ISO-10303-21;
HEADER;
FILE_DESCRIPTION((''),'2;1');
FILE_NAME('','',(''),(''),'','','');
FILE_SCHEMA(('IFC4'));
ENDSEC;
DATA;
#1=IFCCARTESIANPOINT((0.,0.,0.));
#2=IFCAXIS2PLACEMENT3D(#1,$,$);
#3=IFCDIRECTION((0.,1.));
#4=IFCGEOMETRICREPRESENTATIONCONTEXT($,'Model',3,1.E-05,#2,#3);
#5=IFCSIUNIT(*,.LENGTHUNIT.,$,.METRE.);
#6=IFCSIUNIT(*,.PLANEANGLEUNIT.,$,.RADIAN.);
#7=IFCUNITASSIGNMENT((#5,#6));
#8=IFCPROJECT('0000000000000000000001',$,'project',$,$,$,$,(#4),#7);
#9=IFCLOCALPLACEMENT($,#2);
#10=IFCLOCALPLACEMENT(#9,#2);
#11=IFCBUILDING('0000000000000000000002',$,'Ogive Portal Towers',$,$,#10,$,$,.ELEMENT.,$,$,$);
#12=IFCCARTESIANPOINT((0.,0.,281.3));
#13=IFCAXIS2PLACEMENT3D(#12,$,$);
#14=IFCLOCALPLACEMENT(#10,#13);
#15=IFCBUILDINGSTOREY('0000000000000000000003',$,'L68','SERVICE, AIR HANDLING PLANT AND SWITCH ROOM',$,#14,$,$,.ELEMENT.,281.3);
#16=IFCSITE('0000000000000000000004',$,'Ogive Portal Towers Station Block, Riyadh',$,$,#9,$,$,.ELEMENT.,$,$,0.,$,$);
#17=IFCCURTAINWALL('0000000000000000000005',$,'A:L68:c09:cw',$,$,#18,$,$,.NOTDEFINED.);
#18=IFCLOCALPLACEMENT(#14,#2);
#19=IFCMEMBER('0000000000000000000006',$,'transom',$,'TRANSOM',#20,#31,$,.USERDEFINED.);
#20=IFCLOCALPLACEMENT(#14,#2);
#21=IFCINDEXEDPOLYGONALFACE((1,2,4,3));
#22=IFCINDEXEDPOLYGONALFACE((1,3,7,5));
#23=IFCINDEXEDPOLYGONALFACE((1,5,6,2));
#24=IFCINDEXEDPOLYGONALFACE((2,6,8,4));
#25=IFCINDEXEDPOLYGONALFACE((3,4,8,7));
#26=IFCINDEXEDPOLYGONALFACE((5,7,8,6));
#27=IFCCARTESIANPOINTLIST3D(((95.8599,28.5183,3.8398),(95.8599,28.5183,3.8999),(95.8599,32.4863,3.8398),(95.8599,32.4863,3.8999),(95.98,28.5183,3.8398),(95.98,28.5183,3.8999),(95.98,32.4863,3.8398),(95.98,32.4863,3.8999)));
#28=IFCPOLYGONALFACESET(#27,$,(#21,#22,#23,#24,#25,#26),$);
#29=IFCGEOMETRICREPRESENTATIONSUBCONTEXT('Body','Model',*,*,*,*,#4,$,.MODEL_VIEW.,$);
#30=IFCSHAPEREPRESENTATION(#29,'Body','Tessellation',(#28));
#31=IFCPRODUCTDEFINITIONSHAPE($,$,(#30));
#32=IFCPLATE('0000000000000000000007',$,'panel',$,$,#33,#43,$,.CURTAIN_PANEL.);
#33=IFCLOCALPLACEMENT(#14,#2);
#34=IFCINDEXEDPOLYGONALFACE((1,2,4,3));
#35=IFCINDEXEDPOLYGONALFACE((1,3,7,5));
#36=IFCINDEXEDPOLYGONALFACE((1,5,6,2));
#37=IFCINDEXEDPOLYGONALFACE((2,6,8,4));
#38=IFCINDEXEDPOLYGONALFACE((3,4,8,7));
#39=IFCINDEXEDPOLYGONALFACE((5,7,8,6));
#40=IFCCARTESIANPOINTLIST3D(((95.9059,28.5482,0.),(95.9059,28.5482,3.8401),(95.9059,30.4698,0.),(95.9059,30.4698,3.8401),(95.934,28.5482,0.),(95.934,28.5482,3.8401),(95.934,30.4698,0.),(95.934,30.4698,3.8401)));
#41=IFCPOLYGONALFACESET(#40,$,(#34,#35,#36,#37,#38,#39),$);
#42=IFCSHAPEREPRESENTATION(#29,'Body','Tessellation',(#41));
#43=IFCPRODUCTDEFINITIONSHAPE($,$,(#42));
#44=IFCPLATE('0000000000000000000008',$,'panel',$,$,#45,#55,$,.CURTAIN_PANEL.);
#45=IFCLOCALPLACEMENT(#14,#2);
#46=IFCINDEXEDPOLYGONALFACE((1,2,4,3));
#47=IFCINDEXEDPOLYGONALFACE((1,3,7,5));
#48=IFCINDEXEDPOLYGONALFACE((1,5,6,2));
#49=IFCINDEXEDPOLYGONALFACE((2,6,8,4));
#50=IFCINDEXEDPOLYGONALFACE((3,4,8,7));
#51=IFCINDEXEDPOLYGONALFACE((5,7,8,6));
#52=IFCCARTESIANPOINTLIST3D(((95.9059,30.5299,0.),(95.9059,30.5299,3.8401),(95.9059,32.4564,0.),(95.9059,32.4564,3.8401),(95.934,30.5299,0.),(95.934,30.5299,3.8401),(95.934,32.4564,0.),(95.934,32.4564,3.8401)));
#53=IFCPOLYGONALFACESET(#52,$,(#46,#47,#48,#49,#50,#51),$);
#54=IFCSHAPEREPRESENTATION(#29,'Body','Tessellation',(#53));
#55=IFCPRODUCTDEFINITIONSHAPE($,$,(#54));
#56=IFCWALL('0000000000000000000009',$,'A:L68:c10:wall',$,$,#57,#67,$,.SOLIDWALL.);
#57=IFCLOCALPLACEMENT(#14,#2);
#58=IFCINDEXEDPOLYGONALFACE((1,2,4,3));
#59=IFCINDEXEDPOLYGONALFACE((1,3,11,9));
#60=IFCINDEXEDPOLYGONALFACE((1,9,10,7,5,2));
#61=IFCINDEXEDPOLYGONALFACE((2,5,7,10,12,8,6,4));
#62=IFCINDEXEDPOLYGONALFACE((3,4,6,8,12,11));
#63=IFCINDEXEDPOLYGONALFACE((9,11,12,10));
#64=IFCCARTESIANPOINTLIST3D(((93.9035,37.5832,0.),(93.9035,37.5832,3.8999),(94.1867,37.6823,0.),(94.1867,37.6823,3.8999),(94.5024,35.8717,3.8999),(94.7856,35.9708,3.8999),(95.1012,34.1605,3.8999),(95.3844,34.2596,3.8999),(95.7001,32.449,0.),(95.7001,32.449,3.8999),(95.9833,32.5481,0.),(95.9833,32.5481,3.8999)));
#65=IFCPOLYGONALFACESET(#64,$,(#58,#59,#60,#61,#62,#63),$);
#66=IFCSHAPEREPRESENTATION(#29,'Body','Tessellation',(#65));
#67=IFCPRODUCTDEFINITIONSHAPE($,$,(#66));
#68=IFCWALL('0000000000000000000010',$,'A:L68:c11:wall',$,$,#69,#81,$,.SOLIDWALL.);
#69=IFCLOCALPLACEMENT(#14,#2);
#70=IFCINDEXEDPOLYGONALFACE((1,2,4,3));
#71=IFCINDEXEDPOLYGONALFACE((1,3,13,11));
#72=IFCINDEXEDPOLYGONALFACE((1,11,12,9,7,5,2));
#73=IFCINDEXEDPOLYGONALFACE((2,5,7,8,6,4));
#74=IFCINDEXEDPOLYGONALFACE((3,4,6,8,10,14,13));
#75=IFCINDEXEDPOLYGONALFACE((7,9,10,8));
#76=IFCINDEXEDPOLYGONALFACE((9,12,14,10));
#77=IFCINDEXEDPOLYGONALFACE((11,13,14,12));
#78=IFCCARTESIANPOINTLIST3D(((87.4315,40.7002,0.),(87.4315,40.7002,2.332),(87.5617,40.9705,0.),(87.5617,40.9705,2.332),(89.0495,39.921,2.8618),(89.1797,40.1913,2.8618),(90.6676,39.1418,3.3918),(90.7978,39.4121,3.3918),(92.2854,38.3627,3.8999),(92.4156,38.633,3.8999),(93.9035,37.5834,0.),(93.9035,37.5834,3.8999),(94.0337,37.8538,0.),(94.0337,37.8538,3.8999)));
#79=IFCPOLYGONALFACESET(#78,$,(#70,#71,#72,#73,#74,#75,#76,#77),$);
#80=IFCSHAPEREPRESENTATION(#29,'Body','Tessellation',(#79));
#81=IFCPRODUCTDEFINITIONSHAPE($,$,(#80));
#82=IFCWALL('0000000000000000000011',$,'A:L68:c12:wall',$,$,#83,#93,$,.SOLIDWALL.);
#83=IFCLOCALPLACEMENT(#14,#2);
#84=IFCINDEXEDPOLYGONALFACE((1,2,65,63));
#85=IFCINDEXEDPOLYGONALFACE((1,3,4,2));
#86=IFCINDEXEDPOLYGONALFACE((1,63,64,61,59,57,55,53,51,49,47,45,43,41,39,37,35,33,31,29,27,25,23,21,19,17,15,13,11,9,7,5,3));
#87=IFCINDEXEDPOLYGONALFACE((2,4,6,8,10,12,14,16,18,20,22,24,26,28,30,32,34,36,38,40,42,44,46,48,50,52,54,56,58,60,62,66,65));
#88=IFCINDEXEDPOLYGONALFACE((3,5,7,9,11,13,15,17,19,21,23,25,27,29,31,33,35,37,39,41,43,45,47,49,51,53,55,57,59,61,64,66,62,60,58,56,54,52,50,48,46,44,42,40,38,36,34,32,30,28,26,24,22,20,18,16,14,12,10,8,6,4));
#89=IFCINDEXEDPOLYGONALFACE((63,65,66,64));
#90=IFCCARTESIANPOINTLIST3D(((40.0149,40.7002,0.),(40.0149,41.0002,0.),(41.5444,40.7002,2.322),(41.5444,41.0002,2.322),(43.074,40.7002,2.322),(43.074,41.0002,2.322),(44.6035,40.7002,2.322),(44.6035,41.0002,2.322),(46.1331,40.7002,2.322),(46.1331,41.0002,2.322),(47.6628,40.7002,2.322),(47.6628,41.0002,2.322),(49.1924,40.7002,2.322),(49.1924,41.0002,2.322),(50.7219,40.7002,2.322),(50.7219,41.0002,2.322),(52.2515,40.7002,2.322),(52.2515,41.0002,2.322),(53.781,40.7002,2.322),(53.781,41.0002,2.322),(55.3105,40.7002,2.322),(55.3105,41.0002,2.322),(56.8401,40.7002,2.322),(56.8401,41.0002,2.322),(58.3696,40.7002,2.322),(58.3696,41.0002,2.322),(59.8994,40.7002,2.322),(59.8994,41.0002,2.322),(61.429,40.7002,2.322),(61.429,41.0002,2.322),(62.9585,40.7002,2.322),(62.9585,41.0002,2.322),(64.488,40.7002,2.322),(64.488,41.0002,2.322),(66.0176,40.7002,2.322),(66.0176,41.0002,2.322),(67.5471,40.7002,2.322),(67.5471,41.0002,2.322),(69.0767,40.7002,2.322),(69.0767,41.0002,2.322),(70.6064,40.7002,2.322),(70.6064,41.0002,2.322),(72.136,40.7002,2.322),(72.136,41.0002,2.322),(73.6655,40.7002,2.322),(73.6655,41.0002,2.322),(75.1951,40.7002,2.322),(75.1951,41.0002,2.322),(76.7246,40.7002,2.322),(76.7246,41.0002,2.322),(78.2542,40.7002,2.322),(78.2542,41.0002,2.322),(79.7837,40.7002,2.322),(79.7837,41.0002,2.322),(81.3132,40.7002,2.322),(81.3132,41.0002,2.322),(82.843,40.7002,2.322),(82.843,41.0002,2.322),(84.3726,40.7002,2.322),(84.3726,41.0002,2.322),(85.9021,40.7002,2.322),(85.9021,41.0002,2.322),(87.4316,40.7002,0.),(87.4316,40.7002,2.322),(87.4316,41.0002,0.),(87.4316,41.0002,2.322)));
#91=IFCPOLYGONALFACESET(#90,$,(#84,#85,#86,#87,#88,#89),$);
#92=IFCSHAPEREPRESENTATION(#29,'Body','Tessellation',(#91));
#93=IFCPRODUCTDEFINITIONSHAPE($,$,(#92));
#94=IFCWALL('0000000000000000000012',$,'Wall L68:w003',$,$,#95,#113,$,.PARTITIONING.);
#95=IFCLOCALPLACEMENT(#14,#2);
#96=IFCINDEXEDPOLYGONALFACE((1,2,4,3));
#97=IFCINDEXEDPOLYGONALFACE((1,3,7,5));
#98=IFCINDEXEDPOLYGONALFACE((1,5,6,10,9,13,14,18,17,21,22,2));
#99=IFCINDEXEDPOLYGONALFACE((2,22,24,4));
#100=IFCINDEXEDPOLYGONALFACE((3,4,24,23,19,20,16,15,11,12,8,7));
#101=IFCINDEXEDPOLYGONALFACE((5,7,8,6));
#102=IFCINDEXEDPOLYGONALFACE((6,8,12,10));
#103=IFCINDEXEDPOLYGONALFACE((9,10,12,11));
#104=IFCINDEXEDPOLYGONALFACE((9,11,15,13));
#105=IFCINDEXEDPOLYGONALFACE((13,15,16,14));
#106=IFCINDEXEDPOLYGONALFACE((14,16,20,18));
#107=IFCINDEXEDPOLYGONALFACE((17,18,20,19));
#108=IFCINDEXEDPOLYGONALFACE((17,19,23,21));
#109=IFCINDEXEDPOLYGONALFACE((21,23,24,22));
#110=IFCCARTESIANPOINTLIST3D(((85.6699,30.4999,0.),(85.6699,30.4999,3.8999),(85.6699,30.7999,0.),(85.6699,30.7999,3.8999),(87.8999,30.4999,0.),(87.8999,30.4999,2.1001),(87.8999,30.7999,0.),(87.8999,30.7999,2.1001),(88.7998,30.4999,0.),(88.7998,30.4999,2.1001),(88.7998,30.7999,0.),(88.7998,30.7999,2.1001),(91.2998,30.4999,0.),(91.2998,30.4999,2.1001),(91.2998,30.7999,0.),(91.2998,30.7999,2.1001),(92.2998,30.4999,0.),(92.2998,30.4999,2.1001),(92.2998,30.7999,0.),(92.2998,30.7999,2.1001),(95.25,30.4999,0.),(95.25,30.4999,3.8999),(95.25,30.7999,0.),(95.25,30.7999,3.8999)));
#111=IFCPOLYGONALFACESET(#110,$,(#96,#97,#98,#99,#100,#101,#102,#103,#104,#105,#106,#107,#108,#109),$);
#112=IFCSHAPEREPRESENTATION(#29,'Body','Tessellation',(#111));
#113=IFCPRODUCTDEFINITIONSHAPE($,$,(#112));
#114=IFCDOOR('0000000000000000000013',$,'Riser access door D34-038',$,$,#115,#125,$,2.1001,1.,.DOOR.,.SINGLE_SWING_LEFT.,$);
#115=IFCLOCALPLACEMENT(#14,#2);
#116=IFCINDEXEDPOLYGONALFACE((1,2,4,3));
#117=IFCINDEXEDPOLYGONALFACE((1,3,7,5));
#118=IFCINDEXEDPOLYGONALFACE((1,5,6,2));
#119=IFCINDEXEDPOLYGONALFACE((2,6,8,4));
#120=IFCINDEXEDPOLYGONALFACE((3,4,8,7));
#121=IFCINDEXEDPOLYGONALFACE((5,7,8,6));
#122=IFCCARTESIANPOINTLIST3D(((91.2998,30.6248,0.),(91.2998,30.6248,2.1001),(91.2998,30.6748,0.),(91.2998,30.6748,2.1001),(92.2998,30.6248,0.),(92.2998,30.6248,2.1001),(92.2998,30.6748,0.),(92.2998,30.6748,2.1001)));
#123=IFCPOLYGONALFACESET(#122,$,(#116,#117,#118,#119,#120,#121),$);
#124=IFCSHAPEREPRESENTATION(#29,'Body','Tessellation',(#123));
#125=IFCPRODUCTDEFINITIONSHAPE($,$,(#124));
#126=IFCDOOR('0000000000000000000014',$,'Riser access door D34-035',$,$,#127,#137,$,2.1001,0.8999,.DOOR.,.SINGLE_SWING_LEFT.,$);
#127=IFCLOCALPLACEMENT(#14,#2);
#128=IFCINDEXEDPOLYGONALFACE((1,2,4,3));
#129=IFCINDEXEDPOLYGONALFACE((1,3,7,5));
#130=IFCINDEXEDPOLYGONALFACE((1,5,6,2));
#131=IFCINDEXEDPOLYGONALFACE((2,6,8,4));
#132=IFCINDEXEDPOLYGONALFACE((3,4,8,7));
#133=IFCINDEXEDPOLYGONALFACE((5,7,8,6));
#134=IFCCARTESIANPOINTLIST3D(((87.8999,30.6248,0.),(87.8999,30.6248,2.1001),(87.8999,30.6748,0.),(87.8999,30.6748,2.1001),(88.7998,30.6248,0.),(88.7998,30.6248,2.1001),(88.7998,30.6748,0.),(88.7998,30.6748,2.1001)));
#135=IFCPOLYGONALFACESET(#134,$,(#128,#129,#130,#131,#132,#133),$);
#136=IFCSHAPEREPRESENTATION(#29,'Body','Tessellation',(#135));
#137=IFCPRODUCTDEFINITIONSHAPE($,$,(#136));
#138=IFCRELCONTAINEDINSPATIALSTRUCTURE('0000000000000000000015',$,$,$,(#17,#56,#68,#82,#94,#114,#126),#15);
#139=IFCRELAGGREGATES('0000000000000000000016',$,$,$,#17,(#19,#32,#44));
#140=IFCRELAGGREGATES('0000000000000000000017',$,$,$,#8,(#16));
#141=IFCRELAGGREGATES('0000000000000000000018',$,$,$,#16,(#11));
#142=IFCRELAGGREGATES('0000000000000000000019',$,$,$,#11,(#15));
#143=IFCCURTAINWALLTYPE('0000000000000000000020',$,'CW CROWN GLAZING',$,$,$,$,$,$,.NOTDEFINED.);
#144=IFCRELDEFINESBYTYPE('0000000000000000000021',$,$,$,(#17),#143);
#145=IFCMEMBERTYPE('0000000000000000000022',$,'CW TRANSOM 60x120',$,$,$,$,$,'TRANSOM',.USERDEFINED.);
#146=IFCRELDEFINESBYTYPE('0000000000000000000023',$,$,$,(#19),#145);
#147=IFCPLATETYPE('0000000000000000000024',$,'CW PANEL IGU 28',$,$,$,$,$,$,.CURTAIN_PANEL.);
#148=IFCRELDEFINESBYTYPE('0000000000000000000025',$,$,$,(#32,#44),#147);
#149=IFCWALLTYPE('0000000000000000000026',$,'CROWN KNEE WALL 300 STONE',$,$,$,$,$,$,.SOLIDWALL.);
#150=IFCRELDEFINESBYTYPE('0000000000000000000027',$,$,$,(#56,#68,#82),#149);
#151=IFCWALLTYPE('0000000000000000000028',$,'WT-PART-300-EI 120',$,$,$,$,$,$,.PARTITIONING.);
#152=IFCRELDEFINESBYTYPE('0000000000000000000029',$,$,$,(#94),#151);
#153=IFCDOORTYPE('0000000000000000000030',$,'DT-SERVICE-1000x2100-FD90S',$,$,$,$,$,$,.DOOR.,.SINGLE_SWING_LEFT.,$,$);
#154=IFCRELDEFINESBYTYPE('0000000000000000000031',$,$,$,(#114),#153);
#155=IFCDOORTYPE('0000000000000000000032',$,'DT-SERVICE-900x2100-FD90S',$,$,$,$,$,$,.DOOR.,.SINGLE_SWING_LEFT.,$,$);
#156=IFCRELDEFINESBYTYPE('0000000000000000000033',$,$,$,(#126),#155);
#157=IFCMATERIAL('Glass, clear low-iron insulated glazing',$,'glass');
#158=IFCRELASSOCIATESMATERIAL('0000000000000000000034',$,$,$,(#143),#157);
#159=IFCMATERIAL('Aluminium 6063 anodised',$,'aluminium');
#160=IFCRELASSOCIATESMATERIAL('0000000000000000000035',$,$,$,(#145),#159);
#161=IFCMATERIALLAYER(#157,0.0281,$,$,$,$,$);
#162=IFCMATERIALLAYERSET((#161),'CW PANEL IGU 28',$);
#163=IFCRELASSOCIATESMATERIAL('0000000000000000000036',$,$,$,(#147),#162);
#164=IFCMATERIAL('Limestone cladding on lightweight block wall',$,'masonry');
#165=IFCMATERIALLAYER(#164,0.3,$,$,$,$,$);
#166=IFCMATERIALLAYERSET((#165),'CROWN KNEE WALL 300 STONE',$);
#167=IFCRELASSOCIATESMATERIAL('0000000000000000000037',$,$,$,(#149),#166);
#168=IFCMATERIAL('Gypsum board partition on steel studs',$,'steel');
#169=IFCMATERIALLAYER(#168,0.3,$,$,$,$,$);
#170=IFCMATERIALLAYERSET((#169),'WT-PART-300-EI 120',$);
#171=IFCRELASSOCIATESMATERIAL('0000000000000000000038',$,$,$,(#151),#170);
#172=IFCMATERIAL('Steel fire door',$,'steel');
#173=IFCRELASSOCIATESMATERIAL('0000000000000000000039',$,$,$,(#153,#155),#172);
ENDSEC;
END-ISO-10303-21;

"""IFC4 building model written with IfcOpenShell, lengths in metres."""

from ifc_helpers import new_model, si_unit, direction, frame, frame_2d, origin, origin_2d, place, context, subcontext, project, spatial, polyline, rectangle, outline, extrude, material, layer, layer_set, material_profile, profile_set, type_object, element, fill, aggregate, save


model = new_model("IFC4")

# Units and contexts
model_context = context("Model", 3, precision=1e-05, world=origin(), true_north=direction((0.0, 1.0)))
body_context = subcontext(model_context, "Body", "Model", "MODEL_VIEW")
ifc_project = project(units=[si_unit("LENGTHUNIT", "METRE"), si_unit("PLANEANGLEUNIT", "RADIAN")], contexts=[model_context])

# Site, building, storey
site_placement = place(None, origin())
site = spatial("IfcSite", under=ifc_project, at=site_placement, Name="Ogive Portal Towers Station Block, Riyadh", CompositionType="ELEMENT", RefElevation=0.0)
building_placement = place(site_placement, origin())
building = spatial("IfcBuilding", under=site, at=building_placement, Name="Ogive Portal Towers", CompositionType="ELEMENT")
storey_placement = place(building_placement, frame((0.0, 0.0, 281.3)))
storey = spatial("IfcBuildingStorey", under=building, at=storey_placement, Name="L68", Description="SERVICE, AIR HANDLING PLANT AND SWITCH ROOM", CompositionType="ELEMENT", Elevation=281.3)

# Shared definitions
ifc_material_1 = material(Name="Glass, clear low-iron insulated glazing", Category="glass")
curtain_wall_type = type_object("IfcCurtainWallType", Name="CW CROWN GLAZING", PredefinedType="NOTDEFINED", material=ifc_material_1)
ifc_material_2 = material(Name="Aluminium 6063 anodised", Category="aluminium")

# Curtain wall, member, plates
curtain_wall_1_placement = place(storey_placement, origin())
curtain_wall_1 = element("IfcCurtainWall", 1, at=curtain_wall_1_placement, inside=storey, type_object=curtain_wall_type, Name="A:L68:c09:cw", PredefinedType="NOTDEFINED")
ifc_material_profile_1 = material_profile(ifc_material_2, rectangle(XDim=0.1201, YDim=0.0601, at=origin_2d()), Name="AL 120x60")
ifc_profile_set_1 = profile_set([ifc_material_profile_1], Name="Aluminium 6063 anodised")
member_type_1 = type_object("IfcMemberType", Name="CW TRANSOM 60x120", ElementType="TRANSOM", PredefinedType="USERDEFINED", material=ifc_profile_set_1)
member_1_placement = place(storey_placement, frame((95.9199, 28.5183, 3.8699), z_axis=(0.0, 1.0, 0.0), x_axis=(-1.0, 0.0, 0.0)))
member_1 = element("IfcMember", 2, at=member_1_placement, type_object=member_type_1, Name="transom", ObjectType="TRANSOM", PredefinedType="USERDEFINED", context=body_context, shape_type="SweptSolid", body=[
    extrude(rectangle(XDim=0.1201, YDim=0.0601, at=origin_2d()), origin(), (0.0, 0.0, 1.0), 3.968),
])
ifc_layer_1 = layer(ifc_material_1, 0.0281)
ifc_layer_set_1 = layer_set([ifc_layer_1], Name="CW PANEL IGU 28")
plate_type = type_object("IfcPlateType", Name="CW PANEL IGU 28", PredefinedType="CURTAIN_PANEL", material=ifc_layer_set_1)
plate_1_placement = place(storey_placement, frame((95.9199, 29.509, 0.0), z_axis=(0.0, 0.0, 1.0), x_axis=(0.0, 1.0, 0.0)))
plate_1 = element("IfcPlate", 3, at=plate_1_placement, type_object=plate_type, Name="panel", PredefinedType="CURTAIN_PANEL", context=body_context, shape_type="SweptSolid", body=[
    extrude(rectangle(XDim=1.9216, YDim=0.0281, at=origin_2d()), origin(), (0.0, 0.0, 1.0), 3.8401),
])
plate_2_placement = place(storey_placement, frame((95.9199, 31.4932, 0.0), z_axis=(0.0, 0.0, 1.0), x_axis=(0.0, 1.0, 0.0)))
plate_2 = element("IfcPlate", 4, at=plate_2_placement, type_object=plate_type, Name="panel", PredefinedType="CURTAIN_PANEL", context=body_context, shape_type="SweptSolid", body=[
    extrude(rectangle(XDim=1.9265, YDim=0.0281, at=origin_2d()), origin(), (0.0, 0.0, 1.0), 3.8401),
])
aggregate(curtain_wall_1, [member_1, plate_1, plate_2])

# Walls
ifc_material_3 = material(Name="Limestone cladding on lightweight block wall", Category="masonry")
ifc_layer_2 = layer(ifc_material_3, 0.3)
ifc_layer_set_2 = layer_set([ifc_layer_2], Name="CROWN KNEE WALL 300 STONE")
wall_type_1 = type_object("IfcWallType", Name="CROWN KNEE WALL 300 STONE", PredefinedType="SOLIDWALL", material=ifc_layer_set_2)
wall_1_placement = place(storey_placement, frame((95.8416, 32.4985, 0.0), z_axis=(0.0, 0.0, 1.0), x_axis=(-0.33029, 0.943879, 0.0)))
element("IfcWall", 5, at=wall_1_placement, inside=storey, type_object=wall_type_1, Name="A:L68:c10:wall", PredefinedType="SOLIDWALL", context=body_context, shape_type="SweptSolid", body=[
    extrude(outline(polyline([(0.0, 0.0), (5.4395, 0.0), (5.4395, 3.8999), (3.6262, 3.8999), (1.8132, 3.8999), (0.0, 3.8999), (0.0, 0.0)])), frame((0.0, 0.1499, 0.0), z_axis=(0.0, -1.0, 0.0), x_axis=(1.0, 0.0, 0.0)), (0.0, 0.0, 1.0), 0.3),
])
wall_2_placement = place(storey_placement, frame((93.9685, 37.7185, 0.0), z_axis=(0.0, 0.0, 1.0), x_axis=(-0.90097, 0.433882, 0.0)))
element("IfcWall", 6, at=wall_2_placement, inside=storey, type_object=wall_type_1, Name="A:L68:c11:wall", PredefinedType="SOLIDWALL", context=body_context, shape_type="SweptSolid", body=[
    extrude(outline(polyline([(0.0, 0.0), (7.1833, 0.0), (7.1833, 2.332), (5.3875, 2.8618), (3.5916, 3.3918), (1.7959, 3.8999), (0.0, 3.8999), (0.0, 0.0)])), frame((0.0, 0.1499, 0.0), z_axis=(0.0, -1.0, 0.0), x_axis=(1.0, 0.0, 0.0)), (0.0, 0.0, 1.0), 0.3),
])
wall_3_placement = place(storey_placement, frame((87.4316, 40.8501, 0.0), z_axis=(0.0, 0.0, 1.0), x_axis=(-1.0, 0.0, 0.0)))
element("IfcWall", 7, at=wall_3_placement, inside=storey, type_object=wall_type_1, Name="A:L68:c12:wall", PredefinedType="SOLIDWALL", context=body_context, shape_type="SweptSolid", body=[
    extrude(outline(polyline([(0.0, 0.0), (47.417, 0.0), (47.4167, 2.322), (47.4167, 0.0), (45.8872, 2.322), (44.3577, 2.322), (42.8281, 2.322), (41.2986, 2.322), (39.7688, 2.322), (38.2393, 2.322), (36.7097, 2.322), (35.1802, 2.322), (33.6506, 2.322), (32.1211, 2.322), (30.5916, 2.322), (29.062, 2.322), (27.5322, 2.322), (26.0027, 2.322), (24.4731, 2.322), (22.9436, 2.322), (21.4141, 2.322), (19.8845, 2.322), (18.355, 2.322), (16.8252, 2.322), (15.2957, 2.322), (13.7661, 2.322), (12.2366, 2.322), (10.707, 2.322), (9.1775, 2.322), (7.6479, 2.322), (6.1184, 2.322), (4.5886, 2.322), (3.0591, 2.322), (1.5295, 2.322), (0.0, 2.322), (0.0, 0.0)])), frame((0.0, 0.1499, 0.0), z_axis=(0.0, -1.0, 0.0), x_axis=(1.0, 0.0, 0.0)), (0.0, 0.0, 1.0), 0.3),
])

# Wall, openings, doors
ifc_material_4 = material(Name="Gypsum board partition on steel studs", Category="steel")
ifc_layer_3 = layer(ifc_material_4, 0.3)
ifc_layer_set_3 = layer_set([ifc_layer_3], Name="WT-PART-300-EI 120")
wall_type_2 = type_object("IfcWallType", Name="WT-PART-300-EI 120", PredefinedType="PARTITIONING", material=ifc_layer_set_3)
wall_4_placement = place(storey_placement, frame((85.6699, 30.6499, 0.0), z_axis=(0.0, 0.0, 1.0), x_axis=(1.0, 0.0, 0.0)))
wall_4 = element("IfcWall", 8, at=wall_4_placement, inside=storey, type_object=wall_type_2, Name="Wall L68:w003", PredefinedType="PARTITIONING", context=body_context, shape_type="SweptSolid", body=[
    extrude(rectangle(XDim=9.5801, YDim=0.3, at=frame_2d((4.79, 0.0))), origin(), (0.0, 0.0, 1.0), 3.8999),
])
opening_1_placement = place(wall_4_placement, frame((2.23, 0.0, 0.0)))
opening_1 = element("IfcOpeningElement", 9, at=opening_1_placement, cuts=wall_4, PredefinedType="OPENING", context=body_context, shape_type="SweptSolid", body=[
    extrude(rectangle(XDim=0.8999, YDim=2.1001, at=frame_2d((0.45, 1.05))), frame((0.0, 0.1602, 0.0), z_axis=(0.0, -1.0, 0.0), x_axis=(1.0, 0.0, 0.0)), (0.0, 0.0, 1.0), 0.3201),
])
opening_2_placement = place(wall_4_placement, frame((5.6299, 0.0, 0.0)))
opening_2 = element("IfcOpeningElement", 10, at=opening_2_placement, cuts=wall_4, PredefinedType="OPENING", context=body_context, shape_type="SweptSolid", body=[
    extrude(rectangle(XDim=1.0, YDim=2.1001, at=frame_2d((0.5, 1.05))), frame((0.0, 0.1602, 0.0), z_axis=(0.0, -1.0, 0.0), x_axis=(1.0, 0.0, 0.0)), (0.0, 0.0, 1.0), 0.3201),
])
ifc_material_5 = material(Name="Steel fire door", Category="steel")
door_type_1 = type_object("IfcDoorType", Name="DT-SERVICE-1000x2100-FD90S", OperationType="SINGLE_SWING_LEFT", PredefinedType="DOOR", material=ifc_material_5)
door_1_placement = place(opening_2_placement, origin())
door_1 = element("IfcDoor", 11, at=door_1_placement, inside=storey, type_object=door_type_1, Name="Riser access door D34-038", OperationType="SINGLE_SWING_LEFT", OverallHeight=2.1001, OverallWidth=1.0, PredefinedType="DOOR", context=body_context, shape_type="SweptSolid", body=[
    extrude(rectangle(XDim=1.0, YDim=2.1001, at=frame_2d((0.5, 1.05))), frame((0.0, 0.0249, 0.0), z_axis=(0.0, -1.0, 0.0), x_axis=(1.0, 0.0, 0.0)), (0.0, 0.0, 1.0), 0.05),
])
fill(opening_2, door_1)
door_type_2 = type_object("IfcDoorType", Name="DT-SERVICE-900x2100-FD90S", OperationType="SINGLE_SWING_LEFT", PredefinedType="DOOR", material=ifc_material_5)
door_2_placement = place(opening_1_placement, origin())
door_2 = element("IfcDoor", 12, at=door_2_placement, inside=storey, type_object=door_type_2, Name="Riser access door D34-035", OperationType="SINGLE_SWING_LEFT", OverallHeight=2.1001, OverallWidth=0.8999, PredefinedType="DOOR", context=body_context, shape_type="SweptSolid", body=[
    extrude(rectangle(XDim=0.8999, YDim=2.1001, at=frame_2d((0.45, 1.05))), frame((0.0, 0.0249, 0.0), z_axis=(0.0, -1.0, 0.0), x_axis=(1.0, 0.0, 0.0)), (0.0, 0.0, 1.0), 0.05),
])
fill(opening_1, door_2)

save(model, "model.ifc")
